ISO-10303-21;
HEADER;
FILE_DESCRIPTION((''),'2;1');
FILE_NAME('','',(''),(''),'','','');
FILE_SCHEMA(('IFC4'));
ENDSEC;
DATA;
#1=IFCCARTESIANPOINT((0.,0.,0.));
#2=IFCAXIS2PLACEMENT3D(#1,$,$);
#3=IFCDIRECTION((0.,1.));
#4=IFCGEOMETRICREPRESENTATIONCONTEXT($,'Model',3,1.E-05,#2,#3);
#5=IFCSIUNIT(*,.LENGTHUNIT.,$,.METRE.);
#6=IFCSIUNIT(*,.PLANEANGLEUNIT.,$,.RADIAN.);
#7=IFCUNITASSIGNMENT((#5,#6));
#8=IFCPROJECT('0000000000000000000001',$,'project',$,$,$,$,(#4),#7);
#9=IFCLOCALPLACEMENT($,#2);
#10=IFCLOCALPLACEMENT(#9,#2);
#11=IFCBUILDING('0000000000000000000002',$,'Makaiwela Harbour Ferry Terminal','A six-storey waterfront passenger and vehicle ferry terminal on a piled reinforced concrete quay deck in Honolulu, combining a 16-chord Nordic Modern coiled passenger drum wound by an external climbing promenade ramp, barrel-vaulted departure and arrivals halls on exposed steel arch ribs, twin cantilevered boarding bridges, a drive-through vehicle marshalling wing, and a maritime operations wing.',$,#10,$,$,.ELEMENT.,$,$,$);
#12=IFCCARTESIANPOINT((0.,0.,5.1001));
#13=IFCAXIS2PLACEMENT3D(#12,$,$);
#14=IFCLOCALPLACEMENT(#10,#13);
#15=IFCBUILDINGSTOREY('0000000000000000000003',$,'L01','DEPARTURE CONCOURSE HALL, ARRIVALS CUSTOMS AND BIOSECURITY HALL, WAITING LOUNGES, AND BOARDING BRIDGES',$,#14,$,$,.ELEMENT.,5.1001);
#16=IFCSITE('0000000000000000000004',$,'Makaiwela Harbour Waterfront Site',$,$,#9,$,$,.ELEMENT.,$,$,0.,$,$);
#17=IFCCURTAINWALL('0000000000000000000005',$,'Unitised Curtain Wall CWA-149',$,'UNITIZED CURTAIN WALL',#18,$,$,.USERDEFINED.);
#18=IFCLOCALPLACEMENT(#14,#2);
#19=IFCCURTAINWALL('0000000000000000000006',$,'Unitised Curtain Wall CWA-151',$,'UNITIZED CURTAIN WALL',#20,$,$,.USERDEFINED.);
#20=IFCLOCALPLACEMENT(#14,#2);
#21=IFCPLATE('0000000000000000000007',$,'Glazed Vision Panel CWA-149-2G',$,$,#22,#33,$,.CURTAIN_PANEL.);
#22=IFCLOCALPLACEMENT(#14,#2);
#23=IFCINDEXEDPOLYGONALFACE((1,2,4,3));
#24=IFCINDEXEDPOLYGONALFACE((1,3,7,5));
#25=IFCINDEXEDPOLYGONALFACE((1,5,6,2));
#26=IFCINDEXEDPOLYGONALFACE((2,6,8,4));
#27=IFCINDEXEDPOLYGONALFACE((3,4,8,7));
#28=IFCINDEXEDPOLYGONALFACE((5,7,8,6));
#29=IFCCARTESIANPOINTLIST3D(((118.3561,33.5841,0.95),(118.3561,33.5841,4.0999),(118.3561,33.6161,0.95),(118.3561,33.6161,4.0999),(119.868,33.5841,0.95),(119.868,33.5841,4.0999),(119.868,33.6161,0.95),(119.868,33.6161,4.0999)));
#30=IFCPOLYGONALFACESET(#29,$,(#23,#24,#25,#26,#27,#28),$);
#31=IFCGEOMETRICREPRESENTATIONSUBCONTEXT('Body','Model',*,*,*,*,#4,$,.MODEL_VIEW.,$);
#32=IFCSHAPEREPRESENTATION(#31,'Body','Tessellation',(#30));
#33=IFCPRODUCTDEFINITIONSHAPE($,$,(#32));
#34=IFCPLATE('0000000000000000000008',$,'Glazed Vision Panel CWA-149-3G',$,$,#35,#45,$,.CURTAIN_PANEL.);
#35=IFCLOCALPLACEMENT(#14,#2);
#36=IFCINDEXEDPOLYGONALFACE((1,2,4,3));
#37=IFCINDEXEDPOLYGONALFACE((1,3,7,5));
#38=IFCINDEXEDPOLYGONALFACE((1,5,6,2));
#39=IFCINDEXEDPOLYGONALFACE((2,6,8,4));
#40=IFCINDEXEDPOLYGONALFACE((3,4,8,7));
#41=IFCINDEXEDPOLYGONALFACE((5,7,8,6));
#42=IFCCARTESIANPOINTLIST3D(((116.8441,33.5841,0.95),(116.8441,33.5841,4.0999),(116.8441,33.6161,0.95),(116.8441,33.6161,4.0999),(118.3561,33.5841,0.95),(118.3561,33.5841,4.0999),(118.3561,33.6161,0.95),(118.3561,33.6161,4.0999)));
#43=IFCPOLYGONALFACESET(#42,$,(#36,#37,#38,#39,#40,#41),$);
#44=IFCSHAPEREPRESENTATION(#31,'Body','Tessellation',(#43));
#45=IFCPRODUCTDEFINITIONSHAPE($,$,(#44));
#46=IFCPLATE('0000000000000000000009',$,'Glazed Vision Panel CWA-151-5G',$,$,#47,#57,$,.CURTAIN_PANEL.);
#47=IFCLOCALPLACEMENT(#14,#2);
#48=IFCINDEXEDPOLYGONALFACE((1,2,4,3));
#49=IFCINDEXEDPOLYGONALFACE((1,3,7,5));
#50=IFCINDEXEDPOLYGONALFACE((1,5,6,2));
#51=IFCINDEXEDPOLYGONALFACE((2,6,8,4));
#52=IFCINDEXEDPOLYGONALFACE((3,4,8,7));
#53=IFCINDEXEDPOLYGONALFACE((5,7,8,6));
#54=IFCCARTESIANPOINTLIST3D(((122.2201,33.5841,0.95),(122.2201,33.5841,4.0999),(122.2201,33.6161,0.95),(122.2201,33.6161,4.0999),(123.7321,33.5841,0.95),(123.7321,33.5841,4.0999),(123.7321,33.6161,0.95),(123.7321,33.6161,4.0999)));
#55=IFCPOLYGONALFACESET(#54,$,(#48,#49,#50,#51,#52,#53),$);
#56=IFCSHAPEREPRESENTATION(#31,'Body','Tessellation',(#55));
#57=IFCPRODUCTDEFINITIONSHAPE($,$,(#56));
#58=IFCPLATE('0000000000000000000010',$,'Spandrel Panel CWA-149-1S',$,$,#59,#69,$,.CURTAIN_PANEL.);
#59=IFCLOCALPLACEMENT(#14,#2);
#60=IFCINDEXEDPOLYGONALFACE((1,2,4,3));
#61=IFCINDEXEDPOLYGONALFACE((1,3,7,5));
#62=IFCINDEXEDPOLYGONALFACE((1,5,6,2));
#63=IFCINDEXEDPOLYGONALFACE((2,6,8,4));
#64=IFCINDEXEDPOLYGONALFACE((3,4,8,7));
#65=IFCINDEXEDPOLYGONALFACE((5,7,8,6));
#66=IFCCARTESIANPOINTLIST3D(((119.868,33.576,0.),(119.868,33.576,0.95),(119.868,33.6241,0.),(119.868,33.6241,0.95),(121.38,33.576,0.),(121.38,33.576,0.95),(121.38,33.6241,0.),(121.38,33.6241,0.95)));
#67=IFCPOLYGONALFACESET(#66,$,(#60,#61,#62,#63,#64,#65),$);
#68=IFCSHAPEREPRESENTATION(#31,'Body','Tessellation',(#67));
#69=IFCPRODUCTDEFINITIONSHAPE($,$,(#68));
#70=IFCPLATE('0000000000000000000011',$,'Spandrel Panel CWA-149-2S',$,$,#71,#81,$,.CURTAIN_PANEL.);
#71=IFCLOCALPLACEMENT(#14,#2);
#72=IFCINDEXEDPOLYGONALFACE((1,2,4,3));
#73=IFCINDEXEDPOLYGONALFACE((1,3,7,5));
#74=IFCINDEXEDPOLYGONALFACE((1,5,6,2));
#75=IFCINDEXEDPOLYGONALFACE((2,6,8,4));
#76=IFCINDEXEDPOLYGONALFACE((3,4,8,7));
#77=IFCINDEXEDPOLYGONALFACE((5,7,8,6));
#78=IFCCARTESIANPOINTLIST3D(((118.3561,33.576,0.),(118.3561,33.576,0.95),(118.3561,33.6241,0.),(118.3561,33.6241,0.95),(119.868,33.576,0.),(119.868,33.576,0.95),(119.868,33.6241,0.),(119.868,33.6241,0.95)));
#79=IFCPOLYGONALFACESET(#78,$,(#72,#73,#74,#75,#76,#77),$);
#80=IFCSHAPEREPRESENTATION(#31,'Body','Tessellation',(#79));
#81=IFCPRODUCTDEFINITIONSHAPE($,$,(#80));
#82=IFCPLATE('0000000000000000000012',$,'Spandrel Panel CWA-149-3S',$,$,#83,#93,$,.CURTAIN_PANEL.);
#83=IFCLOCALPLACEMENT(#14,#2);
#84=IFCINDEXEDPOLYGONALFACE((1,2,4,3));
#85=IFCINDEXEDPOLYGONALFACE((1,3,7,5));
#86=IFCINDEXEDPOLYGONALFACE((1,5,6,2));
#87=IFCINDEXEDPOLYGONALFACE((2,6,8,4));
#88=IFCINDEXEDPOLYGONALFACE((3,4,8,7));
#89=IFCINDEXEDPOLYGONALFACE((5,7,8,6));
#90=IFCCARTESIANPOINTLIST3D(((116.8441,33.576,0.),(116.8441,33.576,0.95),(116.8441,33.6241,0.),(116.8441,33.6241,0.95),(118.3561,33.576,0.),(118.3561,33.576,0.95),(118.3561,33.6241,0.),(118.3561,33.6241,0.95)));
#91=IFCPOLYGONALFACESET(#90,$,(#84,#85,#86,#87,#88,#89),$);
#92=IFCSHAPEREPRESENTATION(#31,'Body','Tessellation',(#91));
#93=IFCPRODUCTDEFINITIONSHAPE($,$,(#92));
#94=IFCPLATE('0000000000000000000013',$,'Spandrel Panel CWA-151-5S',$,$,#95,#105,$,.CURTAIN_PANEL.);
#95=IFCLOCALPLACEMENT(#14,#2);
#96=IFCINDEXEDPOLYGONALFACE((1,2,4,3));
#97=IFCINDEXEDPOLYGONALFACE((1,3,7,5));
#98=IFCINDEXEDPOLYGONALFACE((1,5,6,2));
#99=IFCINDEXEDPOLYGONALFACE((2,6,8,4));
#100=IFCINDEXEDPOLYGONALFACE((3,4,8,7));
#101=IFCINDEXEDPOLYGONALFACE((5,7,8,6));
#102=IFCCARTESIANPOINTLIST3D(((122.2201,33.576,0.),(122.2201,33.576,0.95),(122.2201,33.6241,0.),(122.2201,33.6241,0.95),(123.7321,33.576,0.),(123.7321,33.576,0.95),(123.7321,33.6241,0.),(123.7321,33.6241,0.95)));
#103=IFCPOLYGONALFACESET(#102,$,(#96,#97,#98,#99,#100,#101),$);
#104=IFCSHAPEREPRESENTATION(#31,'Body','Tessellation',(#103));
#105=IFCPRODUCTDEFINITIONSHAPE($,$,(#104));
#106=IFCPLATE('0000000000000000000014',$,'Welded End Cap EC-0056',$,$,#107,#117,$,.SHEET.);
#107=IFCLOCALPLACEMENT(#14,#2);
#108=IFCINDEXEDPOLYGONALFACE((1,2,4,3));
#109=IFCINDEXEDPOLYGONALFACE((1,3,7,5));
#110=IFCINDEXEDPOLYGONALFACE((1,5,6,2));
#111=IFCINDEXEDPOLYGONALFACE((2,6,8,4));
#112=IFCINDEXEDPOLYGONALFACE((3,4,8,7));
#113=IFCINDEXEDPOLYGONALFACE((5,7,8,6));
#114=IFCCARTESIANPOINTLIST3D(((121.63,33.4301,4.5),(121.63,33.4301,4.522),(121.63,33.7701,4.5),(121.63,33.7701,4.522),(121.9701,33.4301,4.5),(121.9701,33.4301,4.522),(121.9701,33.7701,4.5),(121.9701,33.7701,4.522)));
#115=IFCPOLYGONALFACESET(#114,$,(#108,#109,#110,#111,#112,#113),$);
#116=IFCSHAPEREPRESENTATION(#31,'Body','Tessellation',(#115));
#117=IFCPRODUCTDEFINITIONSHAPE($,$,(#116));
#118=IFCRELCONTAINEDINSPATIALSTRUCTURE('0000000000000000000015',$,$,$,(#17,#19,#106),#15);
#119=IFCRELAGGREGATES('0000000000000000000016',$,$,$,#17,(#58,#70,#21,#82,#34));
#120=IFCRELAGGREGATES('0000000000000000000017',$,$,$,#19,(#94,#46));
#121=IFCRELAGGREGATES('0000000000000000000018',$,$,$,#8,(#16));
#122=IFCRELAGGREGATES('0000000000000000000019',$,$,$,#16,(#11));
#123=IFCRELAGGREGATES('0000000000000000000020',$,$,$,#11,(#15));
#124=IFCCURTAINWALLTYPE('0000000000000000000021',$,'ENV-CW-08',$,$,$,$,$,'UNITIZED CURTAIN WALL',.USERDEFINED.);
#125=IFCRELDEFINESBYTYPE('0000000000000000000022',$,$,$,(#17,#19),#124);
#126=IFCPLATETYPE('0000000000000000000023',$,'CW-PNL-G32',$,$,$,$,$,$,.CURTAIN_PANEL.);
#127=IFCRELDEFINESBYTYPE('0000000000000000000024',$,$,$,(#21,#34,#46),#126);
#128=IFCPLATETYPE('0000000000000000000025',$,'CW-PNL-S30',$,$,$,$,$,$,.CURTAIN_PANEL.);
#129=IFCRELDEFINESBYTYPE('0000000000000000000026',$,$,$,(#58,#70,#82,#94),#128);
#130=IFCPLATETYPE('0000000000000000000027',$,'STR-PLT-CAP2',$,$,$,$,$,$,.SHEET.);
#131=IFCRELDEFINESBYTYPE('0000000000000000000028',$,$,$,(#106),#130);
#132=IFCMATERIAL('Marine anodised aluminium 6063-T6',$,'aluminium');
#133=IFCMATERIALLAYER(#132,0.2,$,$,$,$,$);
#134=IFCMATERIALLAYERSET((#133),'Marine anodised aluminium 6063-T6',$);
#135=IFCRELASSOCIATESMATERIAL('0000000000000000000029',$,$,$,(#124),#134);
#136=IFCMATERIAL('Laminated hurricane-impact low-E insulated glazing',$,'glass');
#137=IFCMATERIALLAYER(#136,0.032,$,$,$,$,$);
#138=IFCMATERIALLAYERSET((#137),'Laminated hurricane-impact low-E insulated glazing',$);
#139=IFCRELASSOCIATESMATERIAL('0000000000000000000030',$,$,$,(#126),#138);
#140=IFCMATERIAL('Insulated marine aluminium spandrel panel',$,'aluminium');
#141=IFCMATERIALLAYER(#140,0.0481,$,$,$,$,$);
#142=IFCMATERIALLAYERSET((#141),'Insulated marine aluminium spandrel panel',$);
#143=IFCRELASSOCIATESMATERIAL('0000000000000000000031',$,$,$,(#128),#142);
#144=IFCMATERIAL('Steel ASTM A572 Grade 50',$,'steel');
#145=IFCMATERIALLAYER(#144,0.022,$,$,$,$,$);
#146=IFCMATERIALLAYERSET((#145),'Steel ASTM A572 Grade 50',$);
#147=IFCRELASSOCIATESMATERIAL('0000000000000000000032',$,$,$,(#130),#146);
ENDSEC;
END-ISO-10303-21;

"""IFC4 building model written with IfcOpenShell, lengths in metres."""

from ifc_helpers import new_model, si_unit, direction, frame, origin, origin_2d, place, context, subcontext, project, spatial, rectangle, extrude, material, layer, layer_set, type_object, element, aggregate, save


model = new_model("IFC4")

# Units and contexts
model_context = context("Model", 3, precision=1e-05, world=origin(), true_north=direction((0.0, 1.0)))
body_context = subcontext(model_context, "Body", "Model", "MODEL_VIEW")
ifc_project = project(units=[si_unit("LENGTHUNIT", "METRE"), si_unit("PLANEANGLEUNIT", "RADIAN")], contexts=[model_context])

# Site, building, storey
site_placement = place(None, origin())
site = spatial("IfcSite", under=ifc_project, at=site_placement, Name="Makaiwela Harbour Waterfront Site", CompositionType="ELEMENT", RefElevation=0.0)
building_placement = place(site_placement, origin())
building = spatial("IfcBuilding", under=site, at=building_placement, Name="Makaiwela Harbour Ferry Terminal", Description="A six-storey waterfront passenger and vehicle ferry terminal on a piled reinforced concrete quay deck in Honolulu, combining a 16-chord Nordic Modern coiled passenger drum wound by an external climbing promenade ramp, barrel-vaulted departure and arrivals halls on exposed steel arch ribs, twin cantilevered boarding bridges, a drive-through vehicle marshalling wing, and a maritime operations wing.", CompositionType="ELEMENT")
storey_placement = place(building_placement, frame((0.0, 0.0, 5.1001)))
storey = spatial("IfcBuildingStorey", under=building, at=storey_placement, Name="L01", Description="DEPARTURE CONCOURSE HALL, ARRIVALS CUSTOMS AND BIOSECURITY HALL, WAITING LOUNGES, AND BOARDING BRIDGES", CompositionType="ELEMENT", Elevation=5.1001)

# Curtain walls
ifc_material_1 = material(Name="Marine anodised aluminium 6063-T6", Category="aluminium")
ifc_layer_1 = layer(ifc_material_1, 0.2)
ifc_layer_set_1 = layer_set([ifc_layer_1], Name="Marine anodised aluminium 6063-T6")
curtain_wall_type = type_object("IfcCurtainWallType", Name="ENV-CW-08", ElementType="UNITIZED CURTAIN WALL", PredefinedType="USERDEFINED", material=ifc_layer_set_1)
curtain_wall_1_placement = place(storey_placement, origin())
curtain_wall_1 = element("IfcCurtainWall", 1, at=curtain_wall_1_placement, inside=storey, type_object=curtain_wall_type, Name="Unitised Curtain Wall CWA-149", ObjectType="UNITIZED CURTAIN WALL", PredefinedType="USERDEFINED")
curtain_wall_2_placement = place(storey_placement, origin())
curtain_wall_2 = element("IfcCurtainWall", 2, at=curtain_wall_2_placement, inside=storey, type_object=curtain_wall_type, Name="Unitised Curtain Wall CWA-151", ObjectType="UNITIZED CURTAIN WALL", PredefinedType="USERDEFINED")

# Plates
ifc_material_2 = material(Name="Laminated hurricane-impact low-E insulated glazing", Category="glass")
ifc_layer_2 = layer(ifc_material_2, 0.032)
ifc_layer_set_2 = layer_set([ifc_layer_2], Name="Laminated hurricane-impact low-E insulated glazing")
plate_type_1 = type_object("IfcPlateType", Name="CW-PNL-G32", PredefinedType="CURTAIN_PANEL", material=ifc_layer_set_2)
plate_1_placement = place(storey_placement, frame((119.1121, 33.6001, 0.95), z_axis=(0.0, 0.0, 1.0), x_axis=(-1.0, 0.0, 0.0)))
plate_1 = element("IfcPlate", 3, at=plate_1_placement, type_object=plate_type_1, Name="Glazed Vision Panel CWA-149-2G", PredefinedType="CURTAIN_PANEL", context=body_context, shape_type="SweptSolid", body=[
    extrude(rectangle(XDim=1.512, YDim=0.032, at=origin_2d()), origin(), (0.0, 0.0, 1.0), 3.1499),
])
plate_2_placement = place(storey_placement, frame((117.6001, 33.6001, 0.95), z_axis=(0.0, 0.0, 1.0), x_axis=(-1.0, 0.0, 0.0)))
plate_2 = element("IfcPlate", 4, at=plate_2_placement, type_object=plate_type_1, Name="Glazed Vision Panel CWA-149-3G", PredefinedType="CURTAIN_PANEL", context=body_context, shape_type="SweptSolid", body=[
    extrude(rectangle(XDim=1.512, YDim=0.032, at=origin_2d()), origin(), (0.0, 0.0, 1.0), 3.1499),
])
plate_3_placement = place(storey_placement, frame((122.9761, 33.6001, 0.95), z_axis=(0.0, 0.0, 1.0), x_axis=(-1.0, 0.0, 0.0)))
plate_3 = element("IfcPlate", 5, at=plate_3_placement, type_object=plate_type_1, Name="Glazed Vision Panel CWA-151-5G", PredefinedType="CURTAIN_PANEL", context=body_context, shape_type="SweptSolid", body=[
    extrude(rectangle(XDim=1.512, YDim=0.032, at=origin_2d()), origin(), (0.0, 0.0, 1.0), 3.1499),
])
ifc_material_3 = material(Name="Insulated marine aluminium spandrel panel", Category="aluminium")
ifc_layer_3 = layer(ifc_material_3, 0.0481)
ifc_layer_set_3 = layer_set([ifc_layer_3], Name="Insulated marine aluminium spandrel panel")
plate_type_2 = type_object("IfcPlateType", Name="CW-PNL-S30", PredefinedType="CURTAIN_PANEL", material=ifc_layer_set_3)
plate_4_placement = place(storey_placement, frame((120.624, 33.6001, 0.0), z_axis=(0.0, 0.0, 1.0), x_axis=(-1.0, 0.0, 0.0)))
plate_4 = element("IfcPlate", 6, at=plate_4_placement, type_object=plate_type_2, Name="Spandrel Panel CWA-149-1S", PredefinedType="CURTAIN_PANEL", context=body_context, shape_type="SweptSolid", body=[
    extrude(rectangle(XDim=1.512, YDim=0.0481, at=origin_2d()), origin(), (0.0, 0.0, 1.0), 0.95),
])
plate_5_placement = place(storey_placement, frame((119.1121, 33.6001, 0.0), z_axis=(0.0, 0.0, 1.0), x_axis=(-1.0, 0.0, 0.0)))
plate_5 = element("IfcPlate", 7, at=plate_5_placement, type_object=plate_type_2, Name="Spandrel Panel CWA-149-2S", PredefinedType="CURTAIN_PANEL", context=body_context, shape_type="SweptSolid", body=[
    extrude(rectangle(XDim=1.512, YDim=0.0481, at=origin_2d()), origin(), (0.0, 0.0, 1.0), 0.95),
])
plate_6_placement = place(storey_placement, frame((117.6001, 33.6001, 0.0), z_axis=(0.0, 0.0, 1.0), x_axis=(-1.0, 0.0, 0.0)))
plate_6 = element("IfcPlate", 8, at=plate_6_placement, type_object=plate_type_2, Name="Spandrel Panel CWA-149-3S", PredefinedType="CURTAIN_PANEL", context=body_context, shape_type="SweptSolid", body=[
    extrude(rectangle(XDim=1.512, YDim=0.0481, at=origin_2d()), origin(), (0.0, 0.0, 1.0), 0.95),
])
aggregate(curtain_wall_1, [plate_4, plate_5, plate_1, plate_6, plate_2])
plate_7_placement = place(storey_placement, frame((122.9761, 33.6001, 0.0), z_axis=(0.0, 0.0, 1.0), x_axis=(-1.0, 0.0, 0.0)))
plate_7 = element("IfcPlate", 9, at=plate_7_placement, type_object=plate_type_2, Name="Spandrel Panel CWA-151-5S", PredefinedType="CURTAIN_PANEL", context=body_context, shape_type="SweptSolid", body=[
    extrude(rectangle(XDim=1.512, YDim=0.0481, at=origin_2d()), origin(), (0.0, 0.0, 1.0), 0.95),
])
aggregate(curtain_wall_2, [plate_7, plate_3])
ifc_material_4 = material(Name="Steel ASTM A572 Grade 50", Category="steel")
ifc_layer_4 = layer(ifc_material_4, 0.022)
ifc_layer_set_4 = layer_set([ifc_layer_4], Name="Steel ASTM A572 Grade 50")
plate_type_3 = type_object("IfcPlateType", Name="STR-PLT-CAP2", PredefinedType="SHEET", material=ifc_layer_set_4)
plate_8_placement = place(storey_placement, frame((121.8, 33.6001, 4.5), z_axis=(0.0, 0.0, 1.0), x_axis=(1.0, 0.0, 0.0)))
element("IfcPlate", 10, at=plate_8_placement, inside=storey, type_object=plate_type_3, Name="Welded End Cap EC-0056", PredefinedType="SHEET", context=body_context, shape_type="SweptSolid", body=[
    extrude(rectangle(XDim=0.3401, YDim=0.3401, at=origin_2d()), origin(), (0.0, 0.0, 1.0), 0.022),
])

save(model, "model.ifc")
